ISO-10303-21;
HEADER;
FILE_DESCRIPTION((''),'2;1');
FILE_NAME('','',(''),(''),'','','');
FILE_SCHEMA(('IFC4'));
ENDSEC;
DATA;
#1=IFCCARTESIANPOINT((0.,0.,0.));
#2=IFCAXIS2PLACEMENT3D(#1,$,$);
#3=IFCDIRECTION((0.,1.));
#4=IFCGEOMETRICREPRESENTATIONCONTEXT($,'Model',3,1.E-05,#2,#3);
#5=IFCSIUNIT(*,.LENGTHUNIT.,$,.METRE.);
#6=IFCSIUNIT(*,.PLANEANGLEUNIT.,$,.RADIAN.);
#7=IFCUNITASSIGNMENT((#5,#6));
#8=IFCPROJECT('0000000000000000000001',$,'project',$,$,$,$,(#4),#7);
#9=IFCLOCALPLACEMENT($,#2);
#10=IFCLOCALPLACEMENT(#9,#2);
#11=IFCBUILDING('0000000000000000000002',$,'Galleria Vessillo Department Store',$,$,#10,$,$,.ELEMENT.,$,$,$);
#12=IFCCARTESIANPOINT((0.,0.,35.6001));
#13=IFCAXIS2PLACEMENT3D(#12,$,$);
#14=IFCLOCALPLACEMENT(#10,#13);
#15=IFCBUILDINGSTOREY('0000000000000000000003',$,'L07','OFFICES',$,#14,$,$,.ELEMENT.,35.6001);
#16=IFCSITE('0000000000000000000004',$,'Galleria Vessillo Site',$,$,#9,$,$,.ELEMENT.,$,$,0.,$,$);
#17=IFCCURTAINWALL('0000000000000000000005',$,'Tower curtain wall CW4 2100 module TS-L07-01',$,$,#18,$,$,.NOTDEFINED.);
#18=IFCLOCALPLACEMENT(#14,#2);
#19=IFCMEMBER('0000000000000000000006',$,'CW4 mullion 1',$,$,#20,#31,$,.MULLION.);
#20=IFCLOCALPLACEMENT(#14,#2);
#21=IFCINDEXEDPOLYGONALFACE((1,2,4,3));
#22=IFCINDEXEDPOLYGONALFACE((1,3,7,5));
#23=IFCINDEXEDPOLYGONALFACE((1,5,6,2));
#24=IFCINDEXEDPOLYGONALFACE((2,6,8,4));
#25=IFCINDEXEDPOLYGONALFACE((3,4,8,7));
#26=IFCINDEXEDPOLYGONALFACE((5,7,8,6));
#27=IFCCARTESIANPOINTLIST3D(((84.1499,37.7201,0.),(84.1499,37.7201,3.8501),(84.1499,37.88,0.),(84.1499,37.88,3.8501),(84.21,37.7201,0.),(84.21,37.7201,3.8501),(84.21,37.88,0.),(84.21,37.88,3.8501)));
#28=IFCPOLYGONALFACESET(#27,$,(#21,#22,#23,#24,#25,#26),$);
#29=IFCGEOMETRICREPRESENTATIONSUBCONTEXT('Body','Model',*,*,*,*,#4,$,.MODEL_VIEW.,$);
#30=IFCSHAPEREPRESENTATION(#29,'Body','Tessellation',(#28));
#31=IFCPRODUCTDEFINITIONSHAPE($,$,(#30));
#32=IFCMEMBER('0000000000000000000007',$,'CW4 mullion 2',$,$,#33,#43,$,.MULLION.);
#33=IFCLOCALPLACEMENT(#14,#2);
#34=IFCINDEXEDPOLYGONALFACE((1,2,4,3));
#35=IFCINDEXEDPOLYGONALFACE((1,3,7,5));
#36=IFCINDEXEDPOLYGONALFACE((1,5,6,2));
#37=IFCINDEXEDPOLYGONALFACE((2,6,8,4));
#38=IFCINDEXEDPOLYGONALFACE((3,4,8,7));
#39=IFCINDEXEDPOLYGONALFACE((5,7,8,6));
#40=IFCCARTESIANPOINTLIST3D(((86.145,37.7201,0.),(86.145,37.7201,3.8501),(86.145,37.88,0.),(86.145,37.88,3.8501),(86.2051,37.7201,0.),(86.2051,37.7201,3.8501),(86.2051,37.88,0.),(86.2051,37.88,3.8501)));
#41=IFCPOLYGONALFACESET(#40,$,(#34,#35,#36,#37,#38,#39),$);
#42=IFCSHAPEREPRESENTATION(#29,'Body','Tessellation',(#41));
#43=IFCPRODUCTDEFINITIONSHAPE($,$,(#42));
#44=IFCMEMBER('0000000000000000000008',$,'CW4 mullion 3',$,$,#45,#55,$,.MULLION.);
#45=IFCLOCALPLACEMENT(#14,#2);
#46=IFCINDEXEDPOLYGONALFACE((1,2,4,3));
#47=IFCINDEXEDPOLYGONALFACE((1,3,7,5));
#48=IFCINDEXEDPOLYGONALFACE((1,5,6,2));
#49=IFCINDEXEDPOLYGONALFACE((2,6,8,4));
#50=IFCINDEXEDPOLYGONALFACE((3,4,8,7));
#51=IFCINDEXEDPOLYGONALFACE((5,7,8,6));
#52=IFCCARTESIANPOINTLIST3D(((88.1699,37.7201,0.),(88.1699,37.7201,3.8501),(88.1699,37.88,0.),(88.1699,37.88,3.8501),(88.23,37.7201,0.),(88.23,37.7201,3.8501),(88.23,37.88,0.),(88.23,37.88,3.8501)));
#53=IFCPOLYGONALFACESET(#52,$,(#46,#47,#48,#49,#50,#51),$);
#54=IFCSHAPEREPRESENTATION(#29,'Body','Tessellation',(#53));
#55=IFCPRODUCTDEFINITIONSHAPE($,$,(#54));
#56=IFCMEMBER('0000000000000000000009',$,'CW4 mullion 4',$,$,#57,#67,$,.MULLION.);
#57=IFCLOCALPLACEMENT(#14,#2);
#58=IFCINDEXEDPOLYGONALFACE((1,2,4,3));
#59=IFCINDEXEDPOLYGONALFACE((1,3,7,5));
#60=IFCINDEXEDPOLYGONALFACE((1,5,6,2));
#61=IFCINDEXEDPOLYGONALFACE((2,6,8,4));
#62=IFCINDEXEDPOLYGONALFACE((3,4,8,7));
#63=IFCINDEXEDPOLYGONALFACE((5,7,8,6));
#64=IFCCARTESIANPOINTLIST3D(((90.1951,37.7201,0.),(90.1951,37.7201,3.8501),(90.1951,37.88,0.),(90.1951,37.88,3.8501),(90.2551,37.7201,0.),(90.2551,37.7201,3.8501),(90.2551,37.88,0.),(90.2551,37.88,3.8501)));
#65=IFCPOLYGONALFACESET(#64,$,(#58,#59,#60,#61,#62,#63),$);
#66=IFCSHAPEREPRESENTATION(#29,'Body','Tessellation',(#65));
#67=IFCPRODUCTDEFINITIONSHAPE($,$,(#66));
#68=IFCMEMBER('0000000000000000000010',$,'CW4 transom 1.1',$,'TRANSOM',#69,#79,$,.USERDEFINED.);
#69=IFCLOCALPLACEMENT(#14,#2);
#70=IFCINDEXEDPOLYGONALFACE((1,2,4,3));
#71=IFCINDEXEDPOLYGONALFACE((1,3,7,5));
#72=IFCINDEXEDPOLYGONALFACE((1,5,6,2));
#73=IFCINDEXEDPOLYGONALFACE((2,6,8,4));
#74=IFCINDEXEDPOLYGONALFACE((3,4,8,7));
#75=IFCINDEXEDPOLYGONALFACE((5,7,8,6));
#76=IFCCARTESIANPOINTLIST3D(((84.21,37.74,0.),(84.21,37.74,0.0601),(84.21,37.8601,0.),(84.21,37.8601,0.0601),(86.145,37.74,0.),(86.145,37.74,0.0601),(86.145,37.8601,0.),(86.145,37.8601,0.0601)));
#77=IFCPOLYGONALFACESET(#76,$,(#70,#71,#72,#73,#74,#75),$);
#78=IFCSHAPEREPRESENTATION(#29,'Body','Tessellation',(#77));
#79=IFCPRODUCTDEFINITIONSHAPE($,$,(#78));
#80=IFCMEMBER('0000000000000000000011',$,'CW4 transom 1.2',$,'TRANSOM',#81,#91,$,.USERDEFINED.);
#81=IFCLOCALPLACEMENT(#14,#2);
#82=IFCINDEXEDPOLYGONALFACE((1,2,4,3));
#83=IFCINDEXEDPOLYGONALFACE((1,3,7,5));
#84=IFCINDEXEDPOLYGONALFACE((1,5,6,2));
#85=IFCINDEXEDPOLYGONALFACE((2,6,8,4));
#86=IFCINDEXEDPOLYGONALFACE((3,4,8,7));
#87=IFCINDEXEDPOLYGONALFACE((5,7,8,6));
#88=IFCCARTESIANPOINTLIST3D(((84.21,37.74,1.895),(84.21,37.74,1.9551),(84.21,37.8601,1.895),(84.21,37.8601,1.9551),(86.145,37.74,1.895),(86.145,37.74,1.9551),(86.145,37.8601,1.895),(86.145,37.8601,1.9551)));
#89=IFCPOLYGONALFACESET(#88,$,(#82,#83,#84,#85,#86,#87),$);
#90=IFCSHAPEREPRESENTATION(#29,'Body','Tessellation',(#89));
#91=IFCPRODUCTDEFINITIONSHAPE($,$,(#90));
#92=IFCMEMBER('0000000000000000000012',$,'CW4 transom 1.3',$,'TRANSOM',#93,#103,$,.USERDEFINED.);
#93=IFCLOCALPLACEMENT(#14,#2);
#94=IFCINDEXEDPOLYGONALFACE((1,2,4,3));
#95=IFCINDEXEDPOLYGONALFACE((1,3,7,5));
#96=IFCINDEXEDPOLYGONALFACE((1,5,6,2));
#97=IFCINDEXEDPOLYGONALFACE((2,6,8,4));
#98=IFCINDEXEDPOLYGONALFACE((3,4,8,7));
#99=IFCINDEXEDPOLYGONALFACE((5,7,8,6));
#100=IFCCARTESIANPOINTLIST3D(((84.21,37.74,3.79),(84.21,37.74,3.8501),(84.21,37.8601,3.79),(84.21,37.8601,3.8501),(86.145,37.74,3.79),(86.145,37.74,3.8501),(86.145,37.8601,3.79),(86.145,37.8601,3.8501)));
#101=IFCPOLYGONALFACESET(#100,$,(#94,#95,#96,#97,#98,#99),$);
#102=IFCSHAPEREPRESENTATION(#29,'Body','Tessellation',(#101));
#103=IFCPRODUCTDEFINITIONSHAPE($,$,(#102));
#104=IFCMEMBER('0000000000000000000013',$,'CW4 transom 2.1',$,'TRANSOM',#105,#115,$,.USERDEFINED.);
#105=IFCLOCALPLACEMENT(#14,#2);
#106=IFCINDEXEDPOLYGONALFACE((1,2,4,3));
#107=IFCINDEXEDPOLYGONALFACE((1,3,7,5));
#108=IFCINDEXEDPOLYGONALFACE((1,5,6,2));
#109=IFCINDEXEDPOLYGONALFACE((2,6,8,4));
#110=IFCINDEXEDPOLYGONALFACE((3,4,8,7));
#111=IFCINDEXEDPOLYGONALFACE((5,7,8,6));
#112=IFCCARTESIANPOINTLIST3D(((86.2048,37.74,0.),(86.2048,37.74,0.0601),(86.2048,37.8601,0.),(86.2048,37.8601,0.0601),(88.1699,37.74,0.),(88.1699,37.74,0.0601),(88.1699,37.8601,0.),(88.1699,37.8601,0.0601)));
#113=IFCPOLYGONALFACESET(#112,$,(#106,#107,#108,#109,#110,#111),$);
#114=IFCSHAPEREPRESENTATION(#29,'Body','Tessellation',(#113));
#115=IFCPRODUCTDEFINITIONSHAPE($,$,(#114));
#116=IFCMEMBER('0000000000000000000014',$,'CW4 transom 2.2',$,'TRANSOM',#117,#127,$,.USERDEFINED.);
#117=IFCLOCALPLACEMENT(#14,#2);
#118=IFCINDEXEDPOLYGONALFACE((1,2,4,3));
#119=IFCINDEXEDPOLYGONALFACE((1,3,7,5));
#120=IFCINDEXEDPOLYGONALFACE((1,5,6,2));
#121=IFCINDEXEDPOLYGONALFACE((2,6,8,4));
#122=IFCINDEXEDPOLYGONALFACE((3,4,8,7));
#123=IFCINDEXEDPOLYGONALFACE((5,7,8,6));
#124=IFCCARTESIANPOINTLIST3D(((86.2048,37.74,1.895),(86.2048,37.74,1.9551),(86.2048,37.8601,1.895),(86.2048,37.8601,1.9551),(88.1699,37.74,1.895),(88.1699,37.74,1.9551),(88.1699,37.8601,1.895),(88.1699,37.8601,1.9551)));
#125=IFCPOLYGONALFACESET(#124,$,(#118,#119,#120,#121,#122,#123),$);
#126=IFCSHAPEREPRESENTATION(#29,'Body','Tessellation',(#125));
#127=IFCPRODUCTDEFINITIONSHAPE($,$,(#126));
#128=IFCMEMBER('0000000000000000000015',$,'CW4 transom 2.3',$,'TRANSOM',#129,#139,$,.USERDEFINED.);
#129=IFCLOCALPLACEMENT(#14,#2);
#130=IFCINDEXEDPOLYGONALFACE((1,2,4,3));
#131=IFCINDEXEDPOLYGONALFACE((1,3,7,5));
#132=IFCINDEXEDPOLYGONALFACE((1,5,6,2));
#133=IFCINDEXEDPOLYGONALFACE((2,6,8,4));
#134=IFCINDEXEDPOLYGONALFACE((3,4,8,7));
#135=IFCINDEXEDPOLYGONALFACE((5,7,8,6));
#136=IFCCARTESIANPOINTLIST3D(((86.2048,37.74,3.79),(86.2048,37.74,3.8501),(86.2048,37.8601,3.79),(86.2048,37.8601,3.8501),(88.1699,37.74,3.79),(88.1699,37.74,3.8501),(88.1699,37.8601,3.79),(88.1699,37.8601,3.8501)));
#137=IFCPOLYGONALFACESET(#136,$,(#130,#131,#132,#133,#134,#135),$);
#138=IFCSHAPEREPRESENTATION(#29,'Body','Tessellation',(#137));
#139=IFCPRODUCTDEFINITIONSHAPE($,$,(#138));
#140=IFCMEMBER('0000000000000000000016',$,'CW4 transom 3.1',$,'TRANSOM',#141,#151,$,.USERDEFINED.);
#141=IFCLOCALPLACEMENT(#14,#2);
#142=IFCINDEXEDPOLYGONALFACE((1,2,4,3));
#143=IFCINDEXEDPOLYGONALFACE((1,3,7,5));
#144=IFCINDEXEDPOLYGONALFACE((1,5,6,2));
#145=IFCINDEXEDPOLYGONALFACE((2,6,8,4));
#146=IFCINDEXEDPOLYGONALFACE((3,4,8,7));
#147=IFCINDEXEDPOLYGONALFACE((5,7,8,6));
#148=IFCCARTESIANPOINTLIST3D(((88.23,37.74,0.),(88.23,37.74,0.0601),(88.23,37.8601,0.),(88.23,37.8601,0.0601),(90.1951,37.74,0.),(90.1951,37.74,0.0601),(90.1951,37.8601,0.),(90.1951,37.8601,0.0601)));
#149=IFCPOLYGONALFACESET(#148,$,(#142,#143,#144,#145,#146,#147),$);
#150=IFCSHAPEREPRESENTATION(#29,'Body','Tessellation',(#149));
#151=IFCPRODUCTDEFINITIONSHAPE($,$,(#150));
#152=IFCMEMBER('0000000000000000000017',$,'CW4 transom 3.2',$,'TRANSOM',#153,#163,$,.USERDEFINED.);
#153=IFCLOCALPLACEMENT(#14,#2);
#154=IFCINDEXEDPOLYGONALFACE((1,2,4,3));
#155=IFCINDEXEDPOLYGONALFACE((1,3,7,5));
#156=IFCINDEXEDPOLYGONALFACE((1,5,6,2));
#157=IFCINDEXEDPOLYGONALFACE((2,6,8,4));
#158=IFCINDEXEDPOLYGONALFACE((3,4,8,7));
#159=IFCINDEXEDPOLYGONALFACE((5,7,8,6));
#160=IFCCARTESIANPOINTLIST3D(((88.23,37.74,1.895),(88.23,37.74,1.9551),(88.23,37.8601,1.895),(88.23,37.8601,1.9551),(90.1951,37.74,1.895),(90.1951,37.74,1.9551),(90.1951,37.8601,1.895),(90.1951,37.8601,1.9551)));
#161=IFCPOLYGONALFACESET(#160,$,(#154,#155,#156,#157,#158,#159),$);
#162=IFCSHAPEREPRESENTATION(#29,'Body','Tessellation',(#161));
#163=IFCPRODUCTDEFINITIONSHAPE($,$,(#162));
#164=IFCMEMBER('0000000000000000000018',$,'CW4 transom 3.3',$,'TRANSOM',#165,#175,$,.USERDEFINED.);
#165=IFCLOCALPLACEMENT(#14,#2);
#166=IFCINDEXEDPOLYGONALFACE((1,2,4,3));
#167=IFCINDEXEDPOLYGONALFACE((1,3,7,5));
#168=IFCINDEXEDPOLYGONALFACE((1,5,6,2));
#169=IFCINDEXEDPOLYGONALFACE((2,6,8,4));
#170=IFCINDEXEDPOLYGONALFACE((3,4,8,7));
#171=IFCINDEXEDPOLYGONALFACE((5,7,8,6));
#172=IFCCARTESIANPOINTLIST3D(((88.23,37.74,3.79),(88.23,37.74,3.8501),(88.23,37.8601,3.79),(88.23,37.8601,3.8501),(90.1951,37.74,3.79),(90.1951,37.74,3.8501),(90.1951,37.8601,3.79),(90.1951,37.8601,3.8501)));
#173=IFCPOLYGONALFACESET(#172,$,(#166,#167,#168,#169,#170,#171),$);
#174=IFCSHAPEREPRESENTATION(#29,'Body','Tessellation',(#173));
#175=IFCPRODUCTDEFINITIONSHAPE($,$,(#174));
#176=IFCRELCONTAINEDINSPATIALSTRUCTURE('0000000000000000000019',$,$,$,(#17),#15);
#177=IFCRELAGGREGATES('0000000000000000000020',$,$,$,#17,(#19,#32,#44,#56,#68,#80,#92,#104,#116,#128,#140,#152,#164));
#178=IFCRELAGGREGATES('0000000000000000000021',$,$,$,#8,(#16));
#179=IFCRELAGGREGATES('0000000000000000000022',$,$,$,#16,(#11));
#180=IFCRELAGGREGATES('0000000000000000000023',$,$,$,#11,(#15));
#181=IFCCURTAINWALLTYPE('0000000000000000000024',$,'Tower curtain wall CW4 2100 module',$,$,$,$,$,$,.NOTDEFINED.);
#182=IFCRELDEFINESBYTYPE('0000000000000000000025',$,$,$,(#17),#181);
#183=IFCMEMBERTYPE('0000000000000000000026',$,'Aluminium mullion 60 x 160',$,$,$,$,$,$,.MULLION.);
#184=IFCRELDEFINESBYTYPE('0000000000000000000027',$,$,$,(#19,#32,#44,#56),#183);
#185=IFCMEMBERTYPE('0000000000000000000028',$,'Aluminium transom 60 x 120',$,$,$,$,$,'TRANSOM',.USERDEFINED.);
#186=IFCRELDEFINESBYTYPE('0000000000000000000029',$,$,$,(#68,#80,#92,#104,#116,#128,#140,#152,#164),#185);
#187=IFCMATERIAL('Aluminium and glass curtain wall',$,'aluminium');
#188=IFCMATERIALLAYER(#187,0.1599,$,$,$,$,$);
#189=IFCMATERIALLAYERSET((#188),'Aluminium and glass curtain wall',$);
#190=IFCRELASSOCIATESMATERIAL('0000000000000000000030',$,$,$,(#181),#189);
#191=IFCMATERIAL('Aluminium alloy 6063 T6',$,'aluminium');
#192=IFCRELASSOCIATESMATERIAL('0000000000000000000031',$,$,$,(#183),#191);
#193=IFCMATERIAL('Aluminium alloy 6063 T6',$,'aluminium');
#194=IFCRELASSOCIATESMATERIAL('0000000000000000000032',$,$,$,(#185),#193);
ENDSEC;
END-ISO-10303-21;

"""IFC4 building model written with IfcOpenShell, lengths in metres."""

from ifc_helpers import new_model, si_unit, direction, frame, origin, origin_2d, place, context, subcontext, project, spatial, rectangle, extrude, material, layer, layer_set, material_profile, profile_set, type_object, element, aggregate, save


model = new_model("IFC4")

# Units and contexts
model_context = context("Model", 3, precision=1e-05, world=origin(), true_north=direction((0.0, 1.0)))
body_context = subcontext(model_context, "Body", "Model", "MODEL_VIEW")
ifc_project = project(units=[si_unit("LENGTHUNIT", "METRE"), si_unit("PLANEANGLEUNIT", "RADIAN")], contexts=[model_context])

# Site, building, storey
site_placement = place(None, origin())
site = spatial("IfcSite", under=ifc_project, at=site_placement, Name="Galleria Vessillo Site", CompositionType="ELEMENT", RefElevation=0.0)
building_placement = place(site_placement, origin())
building = spatial("IfcBuilding", under=site, at=building_placement, Name="Galleria Vessillo Department Store", CompositionType="ELEMENT")
storey_placement = place(building_placement, frame((0.0, 0.0, 35.6001)))
storey = spatial("IfcBuildingStorey", under=building, at=storey_placement, Name="L07", Description="OFFICES", CompositionType="ELEMENT", Elevation=35.6001)

# Curtain wall, members
ifc_material_1 = material(Name="Aluminium and glass curtain wall", Category="aluminium")
ifc_layer_1 = layer(ifc_material_1, 0.1599)
ifc_layer_set_1 = layer_set([ifc_layer_1], Name="Aluminium and glass curtain wall")
curtain_wall_type = type_object("IfcCurtainWallType", Name="Tower curtain wall CW4 2100 module", PredefinedType="NOTDEFINED", material=ifc_layer_set_1)
curtain_wall_placement = place(storey_placement, origin())
curtain_wall = element("IfcCurtainWall", 1, at=curtain_wall_placement, inside=storey, type_object=curtain_wall_type, Name="Tower curtain wall CW4 2100 module TS-L07-01", PredefinedType="NOTDEFINED")
ifc_material_2 = material(Name="Aluminium alloy 6063 T6", Category="aluminium")
ifc_material_profile_1 = material_profile(ifc_material_2, rectangle(XDim=0.1599, YDim=0.0601, at=origin_2d()), Name="AL 60x160")
ifc_profile_set_1 = profile_set([ifc_material_profile_1], Name="Aluminium alloy 6063 T6")
member_type_1 = type_object("IfcMemberType", Name="Aluminium mullion 60 x 160", PredefinedType="MULLION", material=ifc_profile_set_1)
member_1_placement = place(storey_placement, frame((84.1799, 37.8, 0.0), z_axis=(0.0, 0.0, 1.0), x_axis=(0.0, 1.0, 0.0)))
member_1 = element("IfcMember", 2, at=member_1_placement, type_object=member_type_1, Name="CW4 mullion 1", PredefinedType="MULLION", context=body_context, shape_type="SweptSolid", body=[
    extrude(rectangle(XDim=0.1599, YDim=0.0601, at=origin_2d()), origin(), (0.0, 0.0, 1.0), 3.8501),
])
member_2_placement = place(storey_placement, frame((86.175, 37.8, 0.0), z_axis=(0.0, 0.0, 1.0), x_axis=(0.0, 1.0, 0.0)))
member_2 = element("IfcMember", 3, at=member_2_placement, type_object=member_type_1, Name="CW4 mullion 2", PredefinedType="MULLION", context=body_context, shape_type="SweptSolid", body=[
    extrude(rectangle(XDim=0.1599, YDim=0.0601, at=origin_2d()), origin(), (0.0, 0.0, 1.0), 3.8501),
])
member_3_placement = place(storey_placement, frame((88.2, 37.8, 0.0), z_axis=(0.0, 0.0, 1.0), x_axis=(0.0, 1.0, 0.0)))
member_3 = element("IfcMember", 4, at=member_3_placement, type_object=member_type_1, Name="CW4 mullion 3", PredefinedType="MULLION", context=body_context, shape_type="SweptSolid", body=[
    extrude(rectangle(XDim=0.1599, YDim=0.0601, at=origin_2d()), origin(), (0.0, 0.0, 1.0), 3.8501),
])
member_4_placement = place(storey_placement, frame((90.2251, 37.8, 0.0), z_axis=(0.0, 0.0, 1.0), x_axis=(0.0, 1.0, 0.0)))
member_4 = element("IfcMember", 5, at=member_4_placement, type_object=member_type_1, Name="CW4 mullion 4", PredefinedType="MULLION", context=body_context, shape_type="SweptSolid", body=[
    extrude(rectangle(XDim=0.1599, YDim=0.0601, at=origin_2d()), origin(), (0.0, 0.0, 1.0), 3.8501),
])
ifc_material_3 = material(Name="Aluminium alloy 6063 T6", Category="aluminium")
ifc_material_profile_2 = material_profile(ifc_material_3, rectangle(XDim=0.1201, YDim=0.0601, at=origin_2d()), Name="AL 60x120")
ifc_profile_set_2 = profile_set([ifc_material_profile_2], Name="Aluminium alloy 6063 T6")
member_type_2 = type_object("IfcMemberType", Name="Aluminium transom 60 x 120", ElementType="TRANSOM", PredefinedType="USERDEFINED", material=ifc_profile_set_2)
member_5_placement = place(storey_placement, frame((84.21, 37.8, 0.03), z_axis=(1.0, 0.0, 0.0), x_axis=(0.0, 1.0, 0.0)))
member_5 = element("IfcMember", 6, at=member_5_placement, type_object=member_type_2, Name="CW4 transom 1.1", ObjectType="TRANSOM", PredefinedType="USERDEFINED", context=body_context, shape_type="SweptSolid", body=[
    extrude(rectangle(XDim=0.1201, YDim=0.0601, at=origin_2d()), origin(), (0.0, 0.0, 1.0), 1.9351),
])
member_6_placement = place(storey_placement, frame((84.21, 37.8, 1.925), z_axis=(1.0, 0.0, 0.0), x_axis=(0.0, 1.0, 0.0)))
member_6 = element("IfcMember", 7, at=member_6_placement, type_object=member_type_2, Name="CW4 transom 1.2", ObjectType="TRANSOM", PredefinedType="USERDEFINED", context=body_context, shape_type="SweptSolid", body=[
    extrude(rectangle(XDim=0.1201, YDim=0.0601, at=origin_2d()), origin(), (0.0, 0.0, 1.0), 1.9351),
])
member_7_placement = place(storey_placement, frame((84.21, 37.8, 3.8201), z_axis=(1.0, 0.0, 0.0), x_axis=(0.0, 1.0, 0.0)))
member_7 = element("IfcMember", 8, at=member_7_placement, type_object=member_type_2, Name="CW4 transom 1.3", ObjectType="TRANSOM", PredefinedType="USERDEFINED", context=body_context, shape_type="SweptSolid", body=[
    extrude(rectangle(XDim=0.1201, YDim=0.0601, at=origin_2d()), origin(), (0.0, 0.0, 1.0), 1.9351),
])
member_8_placement = place(storey_placement, frame((86.2048, 37.8, 0.03), z_axis=(1.0, 0.0, 0.0), x_axis=(0.0, 1.0, 0.0)))
member_8 = element("IfcMember", 9, at=member_8_placement, type_object=member_type_2, Name="CW4 transom 2.1", ObjectType="TRANSOM", PredefinedType="USERDEFINED", context=body_context, shape_type="SweptSolid", body=[
    extrude(rectangle(XDim=0.1201, YDim=0.0601, at=origin_2d()), origin(), (0.0, 0.0, 1.0), 1.9651),
])
member_9_placement = place(storey_placement, frame((86.2048, 37.8, 1.925), z_axis=(1.0, 0.0, 0.0), x_axis=(0.0, 1.0, 0.0)))
member_9 = element("IfcMember", 10, at=member_9_placement, type_object=member_type_2, Name="CW4 transom 2.2", ObjectType="TRANSOM", PredefinedType="USERDEFINED", context=body_context, shape_type="SweptSolid", body=[
    extrude(rectangle(XDim=0.1201, YDim=0.0601, at=origin_2d()), origin(), (0.0, 0.0, 1.0), 1.9651),
])
member_10_placement = place(storey_placement, frame((86.2048, 37.8, 3.8201), z_axis=(1.0, 0.0, 0.0), x_axis=(0.0, 1.0, 0.0)))
member_10 = element("IfcMember", 11, at=member_10_placement, type_object=member_type_2, Name="CW4 transom 2.3", ObjectType="TRANSOM", PredefinedType="USERDEFINED", context=body_context, shape_type="SweptSolid", body=[
    extrude(rectangle(XDim=0.1201, YDim=0.0601, at=origin_2d()), origin(), (0.0, 0.0, 1.0), 1.9651),
])
member_11_placement = place(storey_placement, frame((88.23, 37.8, 0.03), z_axis=(1.0, 0.0, 0.0), x_axis=(0.0, 1.0, 0.0)))
member_11 = element("IfcMember", 12, at=member_11_placement, type_object=member_type_2, Name="CW4 transom 3.1", ObjectType="TRANSOM", PredefinedType="USERDEFINED", context=body_context, shape_type="SweptSolid", body=[
    extrude(rectangle(XDim=0.1201, YDim=0.0601, at=origin_2d()), origin(), (0.0, 0.0, 1.0), 1.9651),
])
member_12_placement = place(storey_placement, frame((88.23, 37.8, 1.925), z_axis=(1.0, 0.0, 0.0), x_axis=(0.0, 1.0, 0.0)))
member_12 = element("IfcMember", 13, at=member_12_placement, type_object=member_type_2, Name="CW4 transom 3.2", ObjectType="TRANSOM", PredefinedType="USERDEFINED", context=body_context, shape_type="SweptSolid", body=[
    extrude(rectangle(XDim=0.1201, YDim=0.0601, at=origin_2d()), origin(), (0.0, 0.0, 1.0), 1.9651),
])
member_13_placement = place(storey_placement, frame((88.23, 37.8, 3.8201), z_axis=(1.0, 0.0, 0.0), x_axis=(0.0, 1.0, 0.0)))
member_13 = element("IfcMember", 14, at=member_13_placement, type_object=member_type_2, Name="CW4 transom 3.3", ObjectType="TRANSOM", PredefinedType="USERDEFINED", context=body_context, shape_type="SweptSolid", body=[
    extrude(rectangle(XDim=0.1201, YDim=0.0601, at=origin_2d()), origin(), (0.0, 0.0, 1.0), 1.9651),
])

aggregate(curtain_wall, [member_1, member_2, member_3, member_4, member_5, member_6, member_7, member_8, member_9, member_10, member_11, member_12, member_13])

save(model, "model.ifc")
